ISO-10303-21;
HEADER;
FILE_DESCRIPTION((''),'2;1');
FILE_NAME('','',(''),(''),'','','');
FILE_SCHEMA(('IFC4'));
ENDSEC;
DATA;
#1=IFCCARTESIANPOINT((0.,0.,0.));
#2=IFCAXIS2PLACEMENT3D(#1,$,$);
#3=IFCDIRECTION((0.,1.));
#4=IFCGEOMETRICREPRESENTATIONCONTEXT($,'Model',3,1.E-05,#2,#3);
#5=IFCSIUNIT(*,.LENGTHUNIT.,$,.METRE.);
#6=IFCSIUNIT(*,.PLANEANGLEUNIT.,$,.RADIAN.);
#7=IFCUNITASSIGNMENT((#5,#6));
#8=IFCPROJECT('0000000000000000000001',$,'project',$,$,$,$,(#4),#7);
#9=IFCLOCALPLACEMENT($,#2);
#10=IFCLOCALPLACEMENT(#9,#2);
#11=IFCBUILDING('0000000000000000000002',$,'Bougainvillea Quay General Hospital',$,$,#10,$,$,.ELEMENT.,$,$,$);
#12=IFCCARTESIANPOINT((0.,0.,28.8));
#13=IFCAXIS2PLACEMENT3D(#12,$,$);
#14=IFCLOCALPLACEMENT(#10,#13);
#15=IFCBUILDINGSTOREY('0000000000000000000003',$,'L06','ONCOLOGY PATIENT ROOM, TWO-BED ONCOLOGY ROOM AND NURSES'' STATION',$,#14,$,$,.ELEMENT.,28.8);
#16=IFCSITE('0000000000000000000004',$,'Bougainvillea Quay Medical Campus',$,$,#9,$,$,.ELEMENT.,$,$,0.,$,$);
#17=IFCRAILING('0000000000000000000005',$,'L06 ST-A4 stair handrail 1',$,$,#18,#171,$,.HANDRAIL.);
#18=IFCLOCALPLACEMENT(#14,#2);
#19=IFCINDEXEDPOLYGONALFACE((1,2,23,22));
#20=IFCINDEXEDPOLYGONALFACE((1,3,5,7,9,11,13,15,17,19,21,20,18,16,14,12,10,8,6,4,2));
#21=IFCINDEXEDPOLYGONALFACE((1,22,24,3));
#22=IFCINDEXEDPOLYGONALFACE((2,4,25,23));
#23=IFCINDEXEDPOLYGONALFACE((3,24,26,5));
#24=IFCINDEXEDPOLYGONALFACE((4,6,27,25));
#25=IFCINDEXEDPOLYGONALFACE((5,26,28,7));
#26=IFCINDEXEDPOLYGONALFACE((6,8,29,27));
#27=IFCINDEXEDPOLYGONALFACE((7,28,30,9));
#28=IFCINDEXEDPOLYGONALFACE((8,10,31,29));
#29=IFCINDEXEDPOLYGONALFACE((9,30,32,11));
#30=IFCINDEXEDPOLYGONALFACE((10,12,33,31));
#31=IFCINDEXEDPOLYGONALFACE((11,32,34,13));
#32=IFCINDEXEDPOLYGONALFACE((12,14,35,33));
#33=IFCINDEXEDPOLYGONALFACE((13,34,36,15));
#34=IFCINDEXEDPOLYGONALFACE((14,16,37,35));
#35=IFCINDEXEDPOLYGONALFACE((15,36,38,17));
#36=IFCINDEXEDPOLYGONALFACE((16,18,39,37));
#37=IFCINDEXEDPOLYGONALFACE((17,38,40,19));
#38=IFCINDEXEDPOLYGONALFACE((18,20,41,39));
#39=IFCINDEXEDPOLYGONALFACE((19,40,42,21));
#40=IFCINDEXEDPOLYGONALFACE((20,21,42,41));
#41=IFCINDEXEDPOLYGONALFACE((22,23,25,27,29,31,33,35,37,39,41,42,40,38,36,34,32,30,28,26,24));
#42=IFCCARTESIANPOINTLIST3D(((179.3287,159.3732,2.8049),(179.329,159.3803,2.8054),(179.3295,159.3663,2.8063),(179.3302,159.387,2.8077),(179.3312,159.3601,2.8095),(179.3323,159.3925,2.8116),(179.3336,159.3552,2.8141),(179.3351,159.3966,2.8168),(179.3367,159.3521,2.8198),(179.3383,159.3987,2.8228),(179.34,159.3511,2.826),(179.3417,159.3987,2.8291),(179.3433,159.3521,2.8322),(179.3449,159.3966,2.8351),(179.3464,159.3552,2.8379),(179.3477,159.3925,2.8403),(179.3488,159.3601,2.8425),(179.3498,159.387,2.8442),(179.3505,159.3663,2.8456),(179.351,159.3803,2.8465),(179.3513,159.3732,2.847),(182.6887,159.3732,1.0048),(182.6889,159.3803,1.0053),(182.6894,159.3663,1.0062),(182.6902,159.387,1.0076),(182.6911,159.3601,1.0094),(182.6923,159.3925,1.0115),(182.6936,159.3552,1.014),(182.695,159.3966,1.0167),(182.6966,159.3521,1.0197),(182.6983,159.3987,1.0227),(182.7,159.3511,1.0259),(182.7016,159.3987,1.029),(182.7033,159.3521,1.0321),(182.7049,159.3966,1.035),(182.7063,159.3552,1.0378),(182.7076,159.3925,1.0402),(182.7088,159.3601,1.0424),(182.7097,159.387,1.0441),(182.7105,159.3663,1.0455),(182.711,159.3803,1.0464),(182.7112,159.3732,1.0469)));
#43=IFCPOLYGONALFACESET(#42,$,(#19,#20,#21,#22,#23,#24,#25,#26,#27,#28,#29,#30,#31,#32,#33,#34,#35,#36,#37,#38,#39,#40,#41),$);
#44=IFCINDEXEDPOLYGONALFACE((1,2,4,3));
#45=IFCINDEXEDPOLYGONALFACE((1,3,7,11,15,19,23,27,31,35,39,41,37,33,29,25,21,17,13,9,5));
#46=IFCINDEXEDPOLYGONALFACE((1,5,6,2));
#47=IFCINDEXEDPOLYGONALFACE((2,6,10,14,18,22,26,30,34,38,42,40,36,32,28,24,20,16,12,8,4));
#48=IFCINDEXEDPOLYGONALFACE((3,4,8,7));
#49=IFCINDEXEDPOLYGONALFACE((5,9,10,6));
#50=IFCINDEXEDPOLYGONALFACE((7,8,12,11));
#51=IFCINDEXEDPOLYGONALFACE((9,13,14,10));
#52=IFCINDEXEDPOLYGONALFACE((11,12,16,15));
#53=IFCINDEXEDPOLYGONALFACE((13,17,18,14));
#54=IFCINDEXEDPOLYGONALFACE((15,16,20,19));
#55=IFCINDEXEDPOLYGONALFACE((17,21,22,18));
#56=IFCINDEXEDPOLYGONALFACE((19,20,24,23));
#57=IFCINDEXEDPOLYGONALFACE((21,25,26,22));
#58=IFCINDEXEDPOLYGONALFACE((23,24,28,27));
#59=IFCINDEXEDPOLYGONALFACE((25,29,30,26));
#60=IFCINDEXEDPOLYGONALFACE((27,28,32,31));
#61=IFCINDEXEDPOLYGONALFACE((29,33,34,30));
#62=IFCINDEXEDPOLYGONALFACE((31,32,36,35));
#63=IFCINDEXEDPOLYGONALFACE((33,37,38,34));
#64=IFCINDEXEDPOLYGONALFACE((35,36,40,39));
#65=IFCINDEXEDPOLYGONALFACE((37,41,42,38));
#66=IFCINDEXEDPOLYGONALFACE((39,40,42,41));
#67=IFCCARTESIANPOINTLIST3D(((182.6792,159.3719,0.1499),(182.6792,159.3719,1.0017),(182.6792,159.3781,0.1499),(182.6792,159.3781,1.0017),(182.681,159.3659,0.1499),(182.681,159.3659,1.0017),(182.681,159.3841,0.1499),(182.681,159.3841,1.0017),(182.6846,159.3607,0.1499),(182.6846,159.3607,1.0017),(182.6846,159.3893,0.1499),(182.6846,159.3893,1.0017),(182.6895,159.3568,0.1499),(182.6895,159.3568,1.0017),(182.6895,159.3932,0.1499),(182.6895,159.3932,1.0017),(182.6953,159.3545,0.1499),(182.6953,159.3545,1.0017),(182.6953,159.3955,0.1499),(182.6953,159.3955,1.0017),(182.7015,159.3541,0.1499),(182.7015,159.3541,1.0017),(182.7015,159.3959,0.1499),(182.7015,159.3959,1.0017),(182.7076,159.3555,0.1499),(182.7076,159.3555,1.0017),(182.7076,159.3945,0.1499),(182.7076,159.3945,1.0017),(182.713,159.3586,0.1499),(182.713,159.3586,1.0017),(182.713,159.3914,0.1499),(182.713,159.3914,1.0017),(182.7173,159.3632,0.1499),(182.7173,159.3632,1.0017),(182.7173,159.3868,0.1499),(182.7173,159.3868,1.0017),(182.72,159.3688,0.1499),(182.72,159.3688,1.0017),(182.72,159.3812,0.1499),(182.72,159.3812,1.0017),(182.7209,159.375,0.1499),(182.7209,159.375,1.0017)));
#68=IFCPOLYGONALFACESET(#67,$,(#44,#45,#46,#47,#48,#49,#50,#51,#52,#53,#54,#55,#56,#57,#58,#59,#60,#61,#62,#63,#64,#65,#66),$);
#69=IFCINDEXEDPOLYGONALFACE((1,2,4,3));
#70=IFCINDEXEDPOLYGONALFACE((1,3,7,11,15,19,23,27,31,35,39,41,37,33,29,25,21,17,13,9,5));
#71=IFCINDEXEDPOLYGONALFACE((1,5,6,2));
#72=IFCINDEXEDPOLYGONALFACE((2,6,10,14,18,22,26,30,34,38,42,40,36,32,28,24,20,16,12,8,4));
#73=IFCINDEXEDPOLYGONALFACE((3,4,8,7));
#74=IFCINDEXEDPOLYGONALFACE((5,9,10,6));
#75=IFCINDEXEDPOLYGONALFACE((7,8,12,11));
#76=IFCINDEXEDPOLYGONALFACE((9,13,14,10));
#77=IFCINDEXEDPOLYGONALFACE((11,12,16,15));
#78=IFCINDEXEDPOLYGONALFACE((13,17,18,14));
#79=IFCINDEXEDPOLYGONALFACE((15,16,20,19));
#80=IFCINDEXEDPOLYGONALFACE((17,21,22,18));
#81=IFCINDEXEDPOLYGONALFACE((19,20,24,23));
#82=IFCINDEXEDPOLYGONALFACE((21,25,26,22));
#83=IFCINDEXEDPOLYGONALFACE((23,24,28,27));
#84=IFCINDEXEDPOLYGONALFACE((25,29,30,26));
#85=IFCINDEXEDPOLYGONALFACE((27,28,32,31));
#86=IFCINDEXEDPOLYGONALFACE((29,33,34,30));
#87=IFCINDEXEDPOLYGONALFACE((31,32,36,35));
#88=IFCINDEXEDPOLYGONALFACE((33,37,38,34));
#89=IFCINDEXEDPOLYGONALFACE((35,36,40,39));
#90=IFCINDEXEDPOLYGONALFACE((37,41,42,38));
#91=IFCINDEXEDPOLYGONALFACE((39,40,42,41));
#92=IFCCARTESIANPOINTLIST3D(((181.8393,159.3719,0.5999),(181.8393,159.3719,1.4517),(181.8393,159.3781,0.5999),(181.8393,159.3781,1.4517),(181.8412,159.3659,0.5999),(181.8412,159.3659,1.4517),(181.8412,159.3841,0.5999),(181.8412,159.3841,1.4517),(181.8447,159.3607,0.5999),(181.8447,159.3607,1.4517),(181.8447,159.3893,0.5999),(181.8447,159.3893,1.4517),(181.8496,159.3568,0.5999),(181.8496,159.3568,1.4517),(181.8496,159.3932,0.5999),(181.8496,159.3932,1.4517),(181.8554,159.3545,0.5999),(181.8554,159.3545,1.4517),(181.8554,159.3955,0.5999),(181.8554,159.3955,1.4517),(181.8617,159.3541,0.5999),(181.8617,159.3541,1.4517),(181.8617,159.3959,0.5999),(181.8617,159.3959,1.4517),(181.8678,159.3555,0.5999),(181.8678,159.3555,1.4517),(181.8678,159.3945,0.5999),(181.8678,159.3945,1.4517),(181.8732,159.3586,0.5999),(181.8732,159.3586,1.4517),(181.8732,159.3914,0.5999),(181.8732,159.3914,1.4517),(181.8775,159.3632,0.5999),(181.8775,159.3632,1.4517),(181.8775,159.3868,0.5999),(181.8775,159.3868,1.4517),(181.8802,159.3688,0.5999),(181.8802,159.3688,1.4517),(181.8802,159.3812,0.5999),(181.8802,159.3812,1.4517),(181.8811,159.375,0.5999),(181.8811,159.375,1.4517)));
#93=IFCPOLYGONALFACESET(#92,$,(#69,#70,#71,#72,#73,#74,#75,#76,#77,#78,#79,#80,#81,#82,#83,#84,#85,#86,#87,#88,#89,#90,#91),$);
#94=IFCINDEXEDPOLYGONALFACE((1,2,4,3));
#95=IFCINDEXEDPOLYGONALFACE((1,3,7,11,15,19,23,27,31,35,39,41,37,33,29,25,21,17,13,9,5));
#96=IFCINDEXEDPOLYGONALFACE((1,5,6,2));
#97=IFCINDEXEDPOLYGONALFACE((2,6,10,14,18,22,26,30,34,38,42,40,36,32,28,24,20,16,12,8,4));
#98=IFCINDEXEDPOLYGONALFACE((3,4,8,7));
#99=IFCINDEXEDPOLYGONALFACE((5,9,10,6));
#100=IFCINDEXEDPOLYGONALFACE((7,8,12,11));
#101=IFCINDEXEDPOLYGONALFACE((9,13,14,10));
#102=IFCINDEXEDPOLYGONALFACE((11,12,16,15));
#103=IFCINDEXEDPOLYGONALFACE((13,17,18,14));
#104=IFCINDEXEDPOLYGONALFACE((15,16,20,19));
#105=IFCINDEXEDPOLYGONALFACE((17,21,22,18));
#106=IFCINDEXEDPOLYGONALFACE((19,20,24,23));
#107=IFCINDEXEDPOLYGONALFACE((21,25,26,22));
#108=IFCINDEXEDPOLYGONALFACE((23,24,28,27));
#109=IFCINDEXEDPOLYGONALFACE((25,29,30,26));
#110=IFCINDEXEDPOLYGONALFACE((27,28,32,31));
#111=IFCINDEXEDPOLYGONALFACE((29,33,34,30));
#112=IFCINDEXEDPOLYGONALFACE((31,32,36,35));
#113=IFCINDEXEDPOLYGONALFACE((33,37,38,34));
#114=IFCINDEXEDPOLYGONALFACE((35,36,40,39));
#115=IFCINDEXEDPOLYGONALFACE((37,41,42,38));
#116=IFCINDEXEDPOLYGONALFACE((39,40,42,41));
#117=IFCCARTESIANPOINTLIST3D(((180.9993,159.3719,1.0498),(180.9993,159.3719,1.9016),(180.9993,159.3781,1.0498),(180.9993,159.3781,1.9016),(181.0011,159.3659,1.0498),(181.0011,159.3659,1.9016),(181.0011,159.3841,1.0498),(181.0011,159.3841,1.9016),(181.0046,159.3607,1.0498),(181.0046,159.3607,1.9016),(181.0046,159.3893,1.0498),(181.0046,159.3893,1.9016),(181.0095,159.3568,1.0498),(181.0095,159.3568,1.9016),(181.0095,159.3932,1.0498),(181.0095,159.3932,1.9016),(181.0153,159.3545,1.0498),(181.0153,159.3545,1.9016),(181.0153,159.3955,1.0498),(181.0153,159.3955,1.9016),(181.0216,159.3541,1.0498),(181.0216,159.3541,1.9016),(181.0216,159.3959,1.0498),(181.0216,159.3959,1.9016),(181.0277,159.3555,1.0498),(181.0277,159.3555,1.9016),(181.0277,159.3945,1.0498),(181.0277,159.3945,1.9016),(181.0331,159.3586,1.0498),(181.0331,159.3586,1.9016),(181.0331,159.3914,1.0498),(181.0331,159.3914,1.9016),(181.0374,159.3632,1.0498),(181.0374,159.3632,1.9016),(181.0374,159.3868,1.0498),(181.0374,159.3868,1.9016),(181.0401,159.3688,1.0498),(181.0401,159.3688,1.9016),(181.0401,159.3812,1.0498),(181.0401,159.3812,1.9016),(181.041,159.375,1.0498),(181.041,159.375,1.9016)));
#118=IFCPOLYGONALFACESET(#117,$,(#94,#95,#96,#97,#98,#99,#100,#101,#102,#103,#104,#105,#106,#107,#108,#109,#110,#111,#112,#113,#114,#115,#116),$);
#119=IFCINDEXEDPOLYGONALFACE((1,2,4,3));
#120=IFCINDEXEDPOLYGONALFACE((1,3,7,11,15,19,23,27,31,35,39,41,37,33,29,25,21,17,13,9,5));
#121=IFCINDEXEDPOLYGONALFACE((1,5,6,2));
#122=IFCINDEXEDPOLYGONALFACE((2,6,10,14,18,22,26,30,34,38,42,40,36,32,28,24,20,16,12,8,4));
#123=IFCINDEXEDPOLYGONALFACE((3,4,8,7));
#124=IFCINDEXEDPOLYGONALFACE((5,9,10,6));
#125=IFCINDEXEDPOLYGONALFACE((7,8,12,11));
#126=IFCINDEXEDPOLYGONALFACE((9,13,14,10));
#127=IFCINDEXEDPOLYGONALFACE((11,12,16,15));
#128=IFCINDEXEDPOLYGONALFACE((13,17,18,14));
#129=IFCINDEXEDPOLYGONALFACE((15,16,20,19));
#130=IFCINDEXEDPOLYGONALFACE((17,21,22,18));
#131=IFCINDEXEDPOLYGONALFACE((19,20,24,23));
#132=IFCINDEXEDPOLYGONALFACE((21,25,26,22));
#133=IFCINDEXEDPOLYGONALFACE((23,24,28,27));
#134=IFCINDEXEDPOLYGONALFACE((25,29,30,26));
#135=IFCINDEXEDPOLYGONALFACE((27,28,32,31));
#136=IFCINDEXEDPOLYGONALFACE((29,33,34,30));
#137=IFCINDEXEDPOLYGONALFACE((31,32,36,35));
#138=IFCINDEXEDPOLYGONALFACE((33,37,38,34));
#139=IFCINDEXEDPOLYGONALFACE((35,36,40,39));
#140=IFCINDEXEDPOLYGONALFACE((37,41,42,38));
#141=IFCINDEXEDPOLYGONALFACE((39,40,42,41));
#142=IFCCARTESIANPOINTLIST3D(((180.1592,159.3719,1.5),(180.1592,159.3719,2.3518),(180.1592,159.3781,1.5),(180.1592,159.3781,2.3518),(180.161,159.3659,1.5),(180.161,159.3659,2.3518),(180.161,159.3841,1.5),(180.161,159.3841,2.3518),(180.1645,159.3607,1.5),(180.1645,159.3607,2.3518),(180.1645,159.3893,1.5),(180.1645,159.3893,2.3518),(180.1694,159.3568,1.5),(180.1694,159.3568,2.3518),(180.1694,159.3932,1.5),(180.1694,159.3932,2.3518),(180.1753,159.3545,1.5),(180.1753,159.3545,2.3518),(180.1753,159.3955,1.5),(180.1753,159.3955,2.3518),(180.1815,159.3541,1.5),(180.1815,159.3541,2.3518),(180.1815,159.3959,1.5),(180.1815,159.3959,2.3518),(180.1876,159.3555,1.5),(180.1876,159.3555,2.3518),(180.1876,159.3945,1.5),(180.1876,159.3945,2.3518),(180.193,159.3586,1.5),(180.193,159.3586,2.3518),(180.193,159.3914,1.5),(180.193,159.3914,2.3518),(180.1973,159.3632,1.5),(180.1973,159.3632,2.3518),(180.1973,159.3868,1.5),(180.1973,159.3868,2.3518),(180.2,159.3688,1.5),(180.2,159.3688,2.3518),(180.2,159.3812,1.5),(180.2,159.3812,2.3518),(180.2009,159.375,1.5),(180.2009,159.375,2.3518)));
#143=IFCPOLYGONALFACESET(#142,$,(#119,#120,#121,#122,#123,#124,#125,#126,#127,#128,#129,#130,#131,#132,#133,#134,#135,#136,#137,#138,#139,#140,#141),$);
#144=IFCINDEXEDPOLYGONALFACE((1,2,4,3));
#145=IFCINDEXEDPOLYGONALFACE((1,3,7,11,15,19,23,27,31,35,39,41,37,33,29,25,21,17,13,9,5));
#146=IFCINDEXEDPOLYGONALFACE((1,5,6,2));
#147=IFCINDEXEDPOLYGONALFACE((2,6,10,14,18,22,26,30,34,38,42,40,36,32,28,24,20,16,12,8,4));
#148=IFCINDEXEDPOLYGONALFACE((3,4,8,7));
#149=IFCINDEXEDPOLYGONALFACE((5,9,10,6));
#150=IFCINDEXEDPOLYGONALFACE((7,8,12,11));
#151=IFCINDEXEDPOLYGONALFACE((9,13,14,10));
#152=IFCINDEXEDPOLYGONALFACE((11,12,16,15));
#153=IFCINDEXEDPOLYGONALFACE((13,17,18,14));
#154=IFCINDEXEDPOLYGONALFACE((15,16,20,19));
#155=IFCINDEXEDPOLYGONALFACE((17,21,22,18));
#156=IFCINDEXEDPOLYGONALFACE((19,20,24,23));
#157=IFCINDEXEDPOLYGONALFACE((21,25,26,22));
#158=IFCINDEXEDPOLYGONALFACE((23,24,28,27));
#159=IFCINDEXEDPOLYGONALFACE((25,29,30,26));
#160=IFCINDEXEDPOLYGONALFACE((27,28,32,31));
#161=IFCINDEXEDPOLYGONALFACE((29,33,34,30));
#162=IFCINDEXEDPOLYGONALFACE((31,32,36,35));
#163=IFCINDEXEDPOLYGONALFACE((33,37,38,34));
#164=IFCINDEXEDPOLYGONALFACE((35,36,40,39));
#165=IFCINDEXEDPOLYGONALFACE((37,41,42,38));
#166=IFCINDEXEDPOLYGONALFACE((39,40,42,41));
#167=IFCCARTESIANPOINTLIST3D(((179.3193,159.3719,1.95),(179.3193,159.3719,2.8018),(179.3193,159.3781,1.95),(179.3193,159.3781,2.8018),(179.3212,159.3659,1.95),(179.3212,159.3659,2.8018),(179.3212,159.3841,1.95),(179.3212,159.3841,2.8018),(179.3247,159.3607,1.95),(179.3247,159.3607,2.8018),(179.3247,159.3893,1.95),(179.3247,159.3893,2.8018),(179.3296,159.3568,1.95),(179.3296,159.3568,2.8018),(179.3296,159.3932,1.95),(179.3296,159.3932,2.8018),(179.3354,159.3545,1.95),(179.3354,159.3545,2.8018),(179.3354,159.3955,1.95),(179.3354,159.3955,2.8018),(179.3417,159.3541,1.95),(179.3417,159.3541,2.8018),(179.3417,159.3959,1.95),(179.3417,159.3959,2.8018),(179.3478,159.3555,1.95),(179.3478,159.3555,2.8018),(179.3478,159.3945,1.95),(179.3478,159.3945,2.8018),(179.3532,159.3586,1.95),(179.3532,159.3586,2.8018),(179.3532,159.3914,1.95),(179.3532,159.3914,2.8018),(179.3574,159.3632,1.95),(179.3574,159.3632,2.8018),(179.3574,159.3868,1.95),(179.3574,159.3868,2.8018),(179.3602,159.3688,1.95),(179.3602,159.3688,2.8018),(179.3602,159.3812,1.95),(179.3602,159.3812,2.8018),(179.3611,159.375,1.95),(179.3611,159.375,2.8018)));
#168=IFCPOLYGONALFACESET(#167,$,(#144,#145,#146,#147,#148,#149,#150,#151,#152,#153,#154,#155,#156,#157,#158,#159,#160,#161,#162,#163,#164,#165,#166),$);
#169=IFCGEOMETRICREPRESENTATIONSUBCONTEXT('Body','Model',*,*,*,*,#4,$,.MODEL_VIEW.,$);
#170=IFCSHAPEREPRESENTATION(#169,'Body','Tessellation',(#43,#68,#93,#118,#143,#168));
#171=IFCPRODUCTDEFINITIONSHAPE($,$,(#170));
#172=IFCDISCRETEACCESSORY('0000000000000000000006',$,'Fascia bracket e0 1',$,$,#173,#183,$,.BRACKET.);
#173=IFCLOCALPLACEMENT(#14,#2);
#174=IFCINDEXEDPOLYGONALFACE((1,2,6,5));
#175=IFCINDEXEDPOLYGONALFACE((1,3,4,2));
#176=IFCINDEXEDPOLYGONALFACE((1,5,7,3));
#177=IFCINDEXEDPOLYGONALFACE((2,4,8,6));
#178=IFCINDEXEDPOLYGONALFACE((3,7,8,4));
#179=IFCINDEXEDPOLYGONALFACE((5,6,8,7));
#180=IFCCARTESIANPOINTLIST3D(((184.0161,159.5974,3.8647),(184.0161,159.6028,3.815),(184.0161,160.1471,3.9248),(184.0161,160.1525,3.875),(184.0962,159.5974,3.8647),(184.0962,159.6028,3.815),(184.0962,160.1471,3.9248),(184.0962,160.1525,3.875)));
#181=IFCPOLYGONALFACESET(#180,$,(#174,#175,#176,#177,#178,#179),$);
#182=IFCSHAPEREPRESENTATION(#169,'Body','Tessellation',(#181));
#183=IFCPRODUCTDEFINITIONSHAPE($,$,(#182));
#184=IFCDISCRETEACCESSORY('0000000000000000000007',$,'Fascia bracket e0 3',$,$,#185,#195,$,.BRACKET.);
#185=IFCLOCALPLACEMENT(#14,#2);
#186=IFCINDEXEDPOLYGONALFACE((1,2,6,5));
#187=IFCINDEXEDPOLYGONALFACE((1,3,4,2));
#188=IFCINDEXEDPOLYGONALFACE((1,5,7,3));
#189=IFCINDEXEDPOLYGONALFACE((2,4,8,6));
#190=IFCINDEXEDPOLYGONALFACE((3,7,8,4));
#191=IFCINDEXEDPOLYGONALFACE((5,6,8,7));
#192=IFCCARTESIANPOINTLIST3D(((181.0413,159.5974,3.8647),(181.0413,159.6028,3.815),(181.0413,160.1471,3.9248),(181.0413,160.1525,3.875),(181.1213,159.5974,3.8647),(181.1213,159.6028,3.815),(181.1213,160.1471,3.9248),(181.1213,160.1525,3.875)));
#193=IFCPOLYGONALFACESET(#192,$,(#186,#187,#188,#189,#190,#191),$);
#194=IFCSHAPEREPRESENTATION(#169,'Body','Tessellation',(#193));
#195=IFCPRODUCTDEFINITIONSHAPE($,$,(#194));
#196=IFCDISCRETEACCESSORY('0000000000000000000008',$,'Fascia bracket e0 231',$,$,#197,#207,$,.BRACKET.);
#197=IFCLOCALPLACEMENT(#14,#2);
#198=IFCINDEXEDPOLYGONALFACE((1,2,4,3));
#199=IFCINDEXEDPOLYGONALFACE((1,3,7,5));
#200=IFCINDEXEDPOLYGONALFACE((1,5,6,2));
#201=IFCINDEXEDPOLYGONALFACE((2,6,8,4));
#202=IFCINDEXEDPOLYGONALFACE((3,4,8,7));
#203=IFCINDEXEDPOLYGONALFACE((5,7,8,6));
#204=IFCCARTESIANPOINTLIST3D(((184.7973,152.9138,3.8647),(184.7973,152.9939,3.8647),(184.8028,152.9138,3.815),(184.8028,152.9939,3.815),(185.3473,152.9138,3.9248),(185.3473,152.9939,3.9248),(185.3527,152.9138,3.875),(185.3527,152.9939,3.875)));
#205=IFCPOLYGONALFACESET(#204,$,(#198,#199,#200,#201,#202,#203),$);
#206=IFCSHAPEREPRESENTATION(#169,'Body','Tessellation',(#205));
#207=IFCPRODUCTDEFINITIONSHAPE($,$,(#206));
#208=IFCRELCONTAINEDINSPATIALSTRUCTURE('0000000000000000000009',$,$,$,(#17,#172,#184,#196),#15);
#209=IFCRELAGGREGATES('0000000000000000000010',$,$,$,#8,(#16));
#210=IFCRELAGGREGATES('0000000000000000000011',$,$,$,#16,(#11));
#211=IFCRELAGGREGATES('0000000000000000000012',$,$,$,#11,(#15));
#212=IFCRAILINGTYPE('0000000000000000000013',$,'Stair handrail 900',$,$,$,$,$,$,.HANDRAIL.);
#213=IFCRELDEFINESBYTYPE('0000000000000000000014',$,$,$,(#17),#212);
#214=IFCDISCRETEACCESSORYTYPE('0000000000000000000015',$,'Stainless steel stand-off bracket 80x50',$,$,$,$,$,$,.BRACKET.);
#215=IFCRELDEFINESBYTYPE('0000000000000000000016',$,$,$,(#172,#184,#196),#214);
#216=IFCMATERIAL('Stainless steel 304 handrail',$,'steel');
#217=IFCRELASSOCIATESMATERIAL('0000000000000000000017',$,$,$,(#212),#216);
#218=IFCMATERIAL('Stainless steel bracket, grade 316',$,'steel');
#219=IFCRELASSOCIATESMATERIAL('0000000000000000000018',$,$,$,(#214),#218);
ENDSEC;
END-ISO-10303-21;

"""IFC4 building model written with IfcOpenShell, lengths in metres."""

from ifc_helpers import new_model, si_unit, direction, frame, origin, origin_2d, place, context, subcontext, project, spatial, rectangle, circle, extrude, material, material_profile, profile_set, type_object, element, save


model = new_model("IFC4")

# Units and contexts
model_context = context("Model", 3, precision=1e-05, world=origin(), true_north=direction((0.0, 1.0)))
body_context = subcontext(model_context, "Body", "Model", "MODEL_VIEW")
ifc_project = project(units=[si_unit("LENGTHUNIT", "METRE"), si_unit("PLANEANGLEUNIT", "RADIAN")], contexts=[model_context])

# Site, building, storey
site_placement = place(None, origin())
site = spatial("IfcSite", under=ifc_project, at=site_placement, Name="Bougainvillea Quay Medical Campus", CompositionType="ELEMENT", RefElevation=0.0)
building_placement = place(site_placement, origin())
building = spatial("IfcBuilding", under=site, at=building_placement, Name="Bougainvillea Quay General Hospital", CompositionType="ELEMENT")
storey_placement = place(building_placement, frame((0.0, 0.0, 28.8)))
storey = spatial("IfcBuildingStorey", under=building, at=storey_placement, Name="L06", Description="ONCOLOGY PATIENT ROOM, TWO-BED ONCOLOGY ROOM AND NURSES' STATION", CompositionType="ELEMENT", Elevation=28.8)

# Railing
ifc_material_1 = material(Name="Stainless steel 304 handrail", Category="steel")
railing_type_1 = type_object("IfcRailingType", Name="Stair handrail 900", PredefinedType="HANDRAIL", material=ifc_material_1)
railing_1_placement = place(storey_placement, frame((182.7, 159.375, 0.1499)))
element("IfcRailing", 1, at=railing_1_placement, inside=storey, type_object=railing_type_1, Name="L06 ST-A4 stair handrail 1", PredefinedType="HANDRAIL", context=body_context, shape_type="SweptSolid", body=[
    extrude(circle(Radius=0.0239, at=origin_2d()), frame((0.0, 0.0, 0.876), z_axis=(-0.881467, 0.0, 0.472246), x_axis=(0.0, -1.0, 0.0)), (0.0, 0.0, 1.0), 3.8118),
    extrude(circle(Radius=0.021, at=origin_2d()), origin(), (0.0, 0.0, 1.0), 0.8518),
    extrude(circle(Radius=0.021, at=origin_2d()), frame((-0.8398, 0.0, 0.45)), (0.0, 0.0, 1.0), 0.8518),
    extrude(circle(Radius=0.021, at=origin_2d()), frame((-1.6799, 0.0, 0.8999)), (0.0, 0.0, 1.0), 0.8518),
    extrude(circle(Radius=0.021, at=origin_2d()), frame((-2.52, 0.0, 1.3501)), (0.0, 0.0, 1.0), 0.8518),
    extrude(circle(Radius=0.021, at=origin_2d()), frame((-3.3599, 0.0, 1.8)), (0.0, 0.0, 1.0), 0.8518),
])

# Discrete accessories
ifc_material_2 = material(Name="Stainless steel bracket, grade 316", Category="steel")
ifc_material_profile_1 = material_profile(ifc_material_2, rectangle(XDim=0.0801, YDim=0.05, at=origin_2d()))
ifc_profile_set_1 = profile_set([ifc_material_profile_1], Name="Stainless steel bracket, grade 316")
discrete_accessory_type = type_object("IfcDiscreteAccessoryType", Name="Stainless steel stand-off bracket 80x50", PredefinedType="BRACKET", material=ifc_profile_set_1)
for number, where, z_axis, x_axis, name in (
    (2, (184.0562, 159.6001, 3.8398), (0.0, 0.994087, 0.10859), (-1.0, 0.0, 0.0), "Fascia bracket e0 1"),
    (3, (181.0813, 159.6001, 3.8398), (0.0, 0.994087, 0.10859), (-1.0, 0.0, 0.0), "Fascia bracket e0 3"),
):
    element("IfcDiscreteAccessory", number, at=place(storey_placement, frame(where, z_axis=z_axis, x_axis=x_axis)), inside=storey, type_object=discrete_accessory_type, Name=name, PredefinedType="BRACKET", context=body_context, shape_type="SweptSolid", body=[
        extrude(rectangle(XDim=0.0801, YDim=0.05, at=origin_2d()), origin(), (0.0, 0.0, 1.0), 0.553),
    ])
for number, where, z_axis, x_axis, name in (
    (4, (184.8, 152.9539, 3.8398), (0.994092, 0.0, 0.108543), (0.0, 1.0, 0.0), "Fascia bracket e0 231"),
):
    element("IfcDiscreteAccessory", number, at=place(storey_placement, frame(where, z_axis=z_axis, x_axis=x_axis)), inside=storey, type_object=discrete_accessory_type, Name=name, PredefinedType="BRACKET", context=body_context, shape_type="SweptSolid", body=[
        extrude(rectangle(XDim=0.0801, YDim=0.05, at=origin_2d()), origin(), (0.0, 0.0, 1.0), 0.5532),
    ])

save(model, "model.ifc")
